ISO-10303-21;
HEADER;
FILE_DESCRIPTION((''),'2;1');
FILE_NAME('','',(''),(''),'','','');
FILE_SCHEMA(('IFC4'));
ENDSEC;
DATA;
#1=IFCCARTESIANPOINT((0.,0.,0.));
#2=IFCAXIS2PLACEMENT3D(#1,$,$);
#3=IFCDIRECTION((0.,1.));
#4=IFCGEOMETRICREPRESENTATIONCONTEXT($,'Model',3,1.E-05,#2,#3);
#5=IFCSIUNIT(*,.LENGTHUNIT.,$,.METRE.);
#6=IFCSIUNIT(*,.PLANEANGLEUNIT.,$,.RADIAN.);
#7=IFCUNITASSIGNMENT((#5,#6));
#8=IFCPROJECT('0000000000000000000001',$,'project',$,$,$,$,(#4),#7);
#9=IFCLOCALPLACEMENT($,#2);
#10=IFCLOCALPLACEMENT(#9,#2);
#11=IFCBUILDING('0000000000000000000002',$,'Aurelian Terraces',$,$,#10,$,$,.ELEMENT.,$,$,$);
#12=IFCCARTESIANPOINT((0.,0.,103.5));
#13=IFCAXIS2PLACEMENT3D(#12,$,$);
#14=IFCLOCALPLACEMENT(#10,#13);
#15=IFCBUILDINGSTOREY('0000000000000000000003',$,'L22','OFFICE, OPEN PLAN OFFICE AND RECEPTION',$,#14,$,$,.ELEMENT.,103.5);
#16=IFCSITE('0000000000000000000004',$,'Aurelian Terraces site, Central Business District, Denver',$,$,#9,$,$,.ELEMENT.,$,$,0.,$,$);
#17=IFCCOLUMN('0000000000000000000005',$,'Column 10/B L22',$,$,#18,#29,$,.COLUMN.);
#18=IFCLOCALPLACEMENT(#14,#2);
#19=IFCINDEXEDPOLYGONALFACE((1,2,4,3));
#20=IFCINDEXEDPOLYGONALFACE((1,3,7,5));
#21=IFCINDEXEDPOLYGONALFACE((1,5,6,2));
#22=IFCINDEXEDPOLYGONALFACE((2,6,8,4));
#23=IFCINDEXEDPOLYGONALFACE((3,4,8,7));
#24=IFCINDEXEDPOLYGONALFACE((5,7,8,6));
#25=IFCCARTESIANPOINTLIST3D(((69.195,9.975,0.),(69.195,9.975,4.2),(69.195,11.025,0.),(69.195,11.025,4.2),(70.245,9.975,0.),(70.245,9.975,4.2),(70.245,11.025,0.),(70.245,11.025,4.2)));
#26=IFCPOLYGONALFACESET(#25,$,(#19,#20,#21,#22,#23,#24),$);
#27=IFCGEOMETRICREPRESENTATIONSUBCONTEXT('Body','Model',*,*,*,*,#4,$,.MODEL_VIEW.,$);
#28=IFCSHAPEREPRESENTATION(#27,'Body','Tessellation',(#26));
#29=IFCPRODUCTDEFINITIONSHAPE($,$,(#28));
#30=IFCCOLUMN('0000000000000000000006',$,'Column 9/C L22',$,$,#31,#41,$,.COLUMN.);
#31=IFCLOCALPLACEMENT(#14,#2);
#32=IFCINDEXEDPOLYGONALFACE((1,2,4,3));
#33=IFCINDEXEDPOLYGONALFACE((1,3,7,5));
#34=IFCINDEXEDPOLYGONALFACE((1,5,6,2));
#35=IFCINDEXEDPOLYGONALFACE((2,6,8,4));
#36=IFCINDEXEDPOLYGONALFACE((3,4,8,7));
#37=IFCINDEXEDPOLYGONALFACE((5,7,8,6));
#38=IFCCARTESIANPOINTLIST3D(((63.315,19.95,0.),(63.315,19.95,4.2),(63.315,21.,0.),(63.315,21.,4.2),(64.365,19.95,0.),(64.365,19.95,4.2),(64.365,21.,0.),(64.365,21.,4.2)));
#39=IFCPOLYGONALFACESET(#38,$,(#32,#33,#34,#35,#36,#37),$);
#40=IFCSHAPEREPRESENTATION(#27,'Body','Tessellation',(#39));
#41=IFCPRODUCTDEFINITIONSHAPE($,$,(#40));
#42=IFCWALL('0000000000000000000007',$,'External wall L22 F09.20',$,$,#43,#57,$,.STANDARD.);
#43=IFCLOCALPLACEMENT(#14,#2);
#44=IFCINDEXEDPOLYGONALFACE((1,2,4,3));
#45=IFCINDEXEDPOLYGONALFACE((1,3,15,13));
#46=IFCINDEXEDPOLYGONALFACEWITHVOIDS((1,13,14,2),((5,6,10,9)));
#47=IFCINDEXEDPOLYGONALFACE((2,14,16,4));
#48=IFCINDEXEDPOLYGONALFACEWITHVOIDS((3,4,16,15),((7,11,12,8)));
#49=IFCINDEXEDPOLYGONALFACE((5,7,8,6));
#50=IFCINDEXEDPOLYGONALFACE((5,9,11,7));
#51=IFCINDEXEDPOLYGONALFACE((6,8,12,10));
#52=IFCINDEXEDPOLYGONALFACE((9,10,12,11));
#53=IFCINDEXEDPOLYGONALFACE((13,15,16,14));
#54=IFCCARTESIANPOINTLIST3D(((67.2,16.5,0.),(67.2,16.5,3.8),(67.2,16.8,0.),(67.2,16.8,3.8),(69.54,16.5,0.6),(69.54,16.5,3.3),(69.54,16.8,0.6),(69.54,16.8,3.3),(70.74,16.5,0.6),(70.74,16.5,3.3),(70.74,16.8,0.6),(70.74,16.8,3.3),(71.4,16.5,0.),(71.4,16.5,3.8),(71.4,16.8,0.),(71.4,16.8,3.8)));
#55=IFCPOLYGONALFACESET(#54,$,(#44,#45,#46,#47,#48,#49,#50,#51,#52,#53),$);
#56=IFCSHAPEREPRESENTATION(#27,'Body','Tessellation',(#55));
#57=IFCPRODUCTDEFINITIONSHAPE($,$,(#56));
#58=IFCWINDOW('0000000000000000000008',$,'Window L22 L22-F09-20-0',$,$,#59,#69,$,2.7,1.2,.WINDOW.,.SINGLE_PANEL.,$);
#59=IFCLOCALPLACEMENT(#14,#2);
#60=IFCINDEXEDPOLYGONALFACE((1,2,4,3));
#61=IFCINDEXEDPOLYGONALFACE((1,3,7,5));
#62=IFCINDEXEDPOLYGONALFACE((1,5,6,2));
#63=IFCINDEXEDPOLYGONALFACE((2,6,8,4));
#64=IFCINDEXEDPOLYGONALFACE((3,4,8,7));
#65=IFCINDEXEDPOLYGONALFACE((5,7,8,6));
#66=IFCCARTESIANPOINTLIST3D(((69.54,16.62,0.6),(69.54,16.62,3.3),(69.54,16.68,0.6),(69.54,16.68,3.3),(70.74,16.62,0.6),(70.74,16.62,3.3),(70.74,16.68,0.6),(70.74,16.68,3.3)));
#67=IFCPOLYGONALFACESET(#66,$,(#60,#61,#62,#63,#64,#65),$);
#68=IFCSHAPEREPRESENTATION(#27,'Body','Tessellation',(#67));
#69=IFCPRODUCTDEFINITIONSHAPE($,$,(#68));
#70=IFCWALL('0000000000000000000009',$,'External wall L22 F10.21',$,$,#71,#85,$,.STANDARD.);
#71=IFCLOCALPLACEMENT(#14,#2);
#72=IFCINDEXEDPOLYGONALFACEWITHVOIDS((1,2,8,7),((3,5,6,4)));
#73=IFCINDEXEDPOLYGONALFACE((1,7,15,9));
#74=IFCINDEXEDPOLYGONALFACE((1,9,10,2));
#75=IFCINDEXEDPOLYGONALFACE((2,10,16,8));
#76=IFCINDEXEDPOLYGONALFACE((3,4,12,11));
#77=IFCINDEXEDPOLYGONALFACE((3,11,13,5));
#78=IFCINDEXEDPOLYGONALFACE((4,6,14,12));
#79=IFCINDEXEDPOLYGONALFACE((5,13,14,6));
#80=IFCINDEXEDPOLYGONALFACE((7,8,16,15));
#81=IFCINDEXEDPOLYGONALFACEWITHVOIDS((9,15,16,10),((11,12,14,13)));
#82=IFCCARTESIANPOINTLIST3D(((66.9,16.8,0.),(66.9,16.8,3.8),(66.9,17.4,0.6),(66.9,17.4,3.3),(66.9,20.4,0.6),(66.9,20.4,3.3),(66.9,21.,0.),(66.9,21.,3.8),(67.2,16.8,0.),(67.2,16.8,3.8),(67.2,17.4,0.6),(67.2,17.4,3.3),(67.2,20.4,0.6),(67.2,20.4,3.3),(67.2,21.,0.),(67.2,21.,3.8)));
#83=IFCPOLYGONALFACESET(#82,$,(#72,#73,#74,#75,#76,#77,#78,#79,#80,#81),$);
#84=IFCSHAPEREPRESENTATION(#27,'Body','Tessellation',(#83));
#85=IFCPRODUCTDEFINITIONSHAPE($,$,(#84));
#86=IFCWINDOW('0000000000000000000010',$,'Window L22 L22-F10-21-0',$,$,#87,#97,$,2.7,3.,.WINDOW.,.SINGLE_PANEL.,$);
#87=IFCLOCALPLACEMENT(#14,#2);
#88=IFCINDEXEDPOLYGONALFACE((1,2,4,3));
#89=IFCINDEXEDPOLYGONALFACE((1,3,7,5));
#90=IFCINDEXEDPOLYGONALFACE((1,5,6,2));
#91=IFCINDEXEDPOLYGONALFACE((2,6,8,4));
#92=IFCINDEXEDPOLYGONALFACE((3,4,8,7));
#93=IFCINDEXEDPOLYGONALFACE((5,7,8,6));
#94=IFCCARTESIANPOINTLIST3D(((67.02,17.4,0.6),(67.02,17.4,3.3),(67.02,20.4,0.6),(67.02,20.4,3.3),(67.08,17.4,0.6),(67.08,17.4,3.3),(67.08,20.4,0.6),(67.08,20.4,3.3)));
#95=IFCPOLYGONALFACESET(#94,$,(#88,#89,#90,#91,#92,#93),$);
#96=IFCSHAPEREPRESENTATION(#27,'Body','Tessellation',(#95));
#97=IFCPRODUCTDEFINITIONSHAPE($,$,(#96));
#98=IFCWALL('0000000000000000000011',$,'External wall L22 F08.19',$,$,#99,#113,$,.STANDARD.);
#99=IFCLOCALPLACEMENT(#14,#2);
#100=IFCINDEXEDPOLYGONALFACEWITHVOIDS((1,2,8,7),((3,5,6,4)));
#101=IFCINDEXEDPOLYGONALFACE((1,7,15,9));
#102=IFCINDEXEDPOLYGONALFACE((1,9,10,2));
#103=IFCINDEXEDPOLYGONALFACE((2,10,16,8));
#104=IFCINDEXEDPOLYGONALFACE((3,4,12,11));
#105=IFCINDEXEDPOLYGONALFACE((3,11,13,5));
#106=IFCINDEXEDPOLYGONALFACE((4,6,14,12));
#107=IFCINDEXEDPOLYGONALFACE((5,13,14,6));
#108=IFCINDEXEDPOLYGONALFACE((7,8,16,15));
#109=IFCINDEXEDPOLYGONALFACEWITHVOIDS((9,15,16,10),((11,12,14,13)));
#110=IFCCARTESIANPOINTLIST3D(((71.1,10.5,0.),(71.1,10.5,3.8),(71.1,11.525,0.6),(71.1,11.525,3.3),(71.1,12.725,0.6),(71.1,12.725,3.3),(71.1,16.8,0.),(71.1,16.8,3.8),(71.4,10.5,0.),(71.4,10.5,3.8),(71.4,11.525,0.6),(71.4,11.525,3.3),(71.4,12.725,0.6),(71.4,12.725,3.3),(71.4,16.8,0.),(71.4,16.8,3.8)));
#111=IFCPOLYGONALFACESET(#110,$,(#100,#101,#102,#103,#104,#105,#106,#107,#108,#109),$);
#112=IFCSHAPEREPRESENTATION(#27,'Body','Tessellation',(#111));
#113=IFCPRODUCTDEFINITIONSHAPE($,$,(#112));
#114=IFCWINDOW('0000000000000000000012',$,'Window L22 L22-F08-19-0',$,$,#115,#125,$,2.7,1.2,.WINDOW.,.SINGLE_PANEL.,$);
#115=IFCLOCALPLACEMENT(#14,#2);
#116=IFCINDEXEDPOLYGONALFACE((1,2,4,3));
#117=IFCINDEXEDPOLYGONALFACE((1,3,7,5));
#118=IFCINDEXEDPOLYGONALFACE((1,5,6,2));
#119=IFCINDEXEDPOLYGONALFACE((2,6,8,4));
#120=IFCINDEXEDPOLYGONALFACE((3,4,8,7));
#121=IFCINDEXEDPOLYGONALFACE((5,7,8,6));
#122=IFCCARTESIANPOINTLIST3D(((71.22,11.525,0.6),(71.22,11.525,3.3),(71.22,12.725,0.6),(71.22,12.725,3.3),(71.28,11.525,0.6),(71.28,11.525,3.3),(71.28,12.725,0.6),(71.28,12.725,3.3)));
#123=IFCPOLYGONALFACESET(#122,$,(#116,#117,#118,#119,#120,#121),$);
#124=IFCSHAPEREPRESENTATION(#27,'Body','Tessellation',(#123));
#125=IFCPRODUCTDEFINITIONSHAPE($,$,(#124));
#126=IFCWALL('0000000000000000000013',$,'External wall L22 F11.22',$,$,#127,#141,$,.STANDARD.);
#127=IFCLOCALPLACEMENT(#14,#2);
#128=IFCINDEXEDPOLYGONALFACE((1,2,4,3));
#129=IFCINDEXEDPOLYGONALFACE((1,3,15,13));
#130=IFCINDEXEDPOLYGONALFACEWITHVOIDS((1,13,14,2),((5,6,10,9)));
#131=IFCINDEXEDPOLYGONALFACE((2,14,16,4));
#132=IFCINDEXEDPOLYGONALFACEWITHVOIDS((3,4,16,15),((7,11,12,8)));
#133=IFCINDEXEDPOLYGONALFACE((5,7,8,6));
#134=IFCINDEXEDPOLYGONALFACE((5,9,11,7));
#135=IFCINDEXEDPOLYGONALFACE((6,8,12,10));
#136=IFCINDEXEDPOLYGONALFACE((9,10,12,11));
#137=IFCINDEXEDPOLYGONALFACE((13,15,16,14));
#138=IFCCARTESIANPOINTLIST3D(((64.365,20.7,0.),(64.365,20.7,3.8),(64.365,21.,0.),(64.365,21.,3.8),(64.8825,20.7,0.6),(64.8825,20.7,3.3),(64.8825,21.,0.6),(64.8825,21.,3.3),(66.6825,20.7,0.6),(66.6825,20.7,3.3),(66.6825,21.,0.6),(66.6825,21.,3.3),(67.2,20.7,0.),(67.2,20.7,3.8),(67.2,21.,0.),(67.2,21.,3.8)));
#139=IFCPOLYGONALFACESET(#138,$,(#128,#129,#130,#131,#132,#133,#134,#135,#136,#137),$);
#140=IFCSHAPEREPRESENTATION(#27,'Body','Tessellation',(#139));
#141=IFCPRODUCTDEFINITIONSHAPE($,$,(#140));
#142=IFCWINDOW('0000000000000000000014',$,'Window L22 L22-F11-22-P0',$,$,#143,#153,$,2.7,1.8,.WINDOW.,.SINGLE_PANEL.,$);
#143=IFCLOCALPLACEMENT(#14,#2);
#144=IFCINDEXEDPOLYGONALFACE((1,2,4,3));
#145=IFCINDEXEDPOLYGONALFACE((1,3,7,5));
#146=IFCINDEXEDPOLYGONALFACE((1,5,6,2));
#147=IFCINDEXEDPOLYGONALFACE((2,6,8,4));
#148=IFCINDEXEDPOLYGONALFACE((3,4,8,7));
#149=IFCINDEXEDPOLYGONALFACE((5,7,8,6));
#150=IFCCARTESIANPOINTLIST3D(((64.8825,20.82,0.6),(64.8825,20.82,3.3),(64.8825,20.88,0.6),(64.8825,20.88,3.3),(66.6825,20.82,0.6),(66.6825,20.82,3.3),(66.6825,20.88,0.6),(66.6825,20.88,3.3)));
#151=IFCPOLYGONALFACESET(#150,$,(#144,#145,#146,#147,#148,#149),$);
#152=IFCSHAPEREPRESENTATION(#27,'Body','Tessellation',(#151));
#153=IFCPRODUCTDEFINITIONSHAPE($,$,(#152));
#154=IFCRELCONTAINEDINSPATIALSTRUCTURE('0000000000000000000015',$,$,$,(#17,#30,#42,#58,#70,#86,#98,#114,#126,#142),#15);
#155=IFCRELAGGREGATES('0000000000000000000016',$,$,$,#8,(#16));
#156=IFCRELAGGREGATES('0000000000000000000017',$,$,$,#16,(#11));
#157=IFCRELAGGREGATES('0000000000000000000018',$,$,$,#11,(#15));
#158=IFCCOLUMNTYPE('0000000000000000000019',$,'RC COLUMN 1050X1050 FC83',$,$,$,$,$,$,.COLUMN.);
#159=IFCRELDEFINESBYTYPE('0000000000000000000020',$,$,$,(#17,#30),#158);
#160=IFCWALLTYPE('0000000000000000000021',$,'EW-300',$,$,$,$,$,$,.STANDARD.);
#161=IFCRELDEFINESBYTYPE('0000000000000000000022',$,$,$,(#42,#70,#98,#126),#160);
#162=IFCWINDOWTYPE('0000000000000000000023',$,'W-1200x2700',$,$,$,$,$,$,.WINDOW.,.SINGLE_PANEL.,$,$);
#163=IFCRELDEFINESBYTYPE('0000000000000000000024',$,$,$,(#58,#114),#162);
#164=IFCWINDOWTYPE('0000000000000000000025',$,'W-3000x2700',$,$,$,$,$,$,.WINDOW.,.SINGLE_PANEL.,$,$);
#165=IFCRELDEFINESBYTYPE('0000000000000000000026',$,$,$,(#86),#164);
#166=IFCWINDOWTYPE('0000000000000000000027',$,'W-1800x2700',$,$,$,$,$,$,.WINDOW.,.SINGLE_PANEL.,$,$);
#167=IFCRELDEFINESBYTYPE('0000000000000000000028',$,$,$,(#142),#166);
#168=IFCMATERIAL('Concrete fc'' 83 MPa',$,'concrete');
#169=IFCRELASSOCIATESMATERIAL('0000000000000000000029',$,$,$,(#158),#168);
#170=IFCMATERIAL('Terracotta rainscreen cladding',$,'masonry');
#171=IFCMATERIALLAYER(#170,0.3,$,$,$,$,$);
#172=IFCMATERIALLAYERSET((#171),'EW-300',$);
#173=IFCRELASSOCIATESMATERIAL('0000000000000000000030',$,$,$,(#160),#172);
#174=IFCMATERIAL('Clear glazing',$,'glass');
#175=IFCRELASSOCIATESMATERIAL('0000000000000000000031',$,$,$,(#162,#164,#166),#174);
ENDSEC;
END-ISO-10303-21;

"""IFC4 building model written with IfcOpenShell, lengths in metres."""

from ifc_helpers import new_model, si_unit, direction, frame, frame_2d, origin, origin_2d, place, context, subcontext, project, spatial, rectangle, extrude, source, transform, mapped, material, layer, layer_set, material_profile, profile_set, type_object, element, fill, save


model = new_model("IFC4")

# Units and contexts
model_context = context("Model", 3, precision=1e-05, world=origin(), true_north=direction((0.0, 1.0)))
body_context = subcontext(model_context, "Body", "Model", "MODEL_VIEW")
ifc_project = project(units=[si_unit("LENGTHUNIT", "METRE"), si_unit("PLANEANGLEUNIT", "RADIAN")], contexts=[model_context])

# Site, building, storey
site_placement = place(None, origin())
site = spatial("IfcSite", under=ifc_project, at=site_placement, Name="Aurelian Terraces site, Central Business District, Denver", CompositionType="ELEMENT", RefElevation=0.0)
building_placement = place(site_placement, origin())
building = spatial("IfcBuilding", under=site, at=building_placement, Name="Aurelian Terraces", CompositionType="ELEMENT")
storey_placement = place(building_placement, frame((0.0, 0.0, 103.5)))
storey = spatial("IfcBuildingStorey", under=building, at=storey_placement, Name="L22", Description="OFFICE, OPEN PLAN OFFICE AND RECEPTION", CompositionType="ELEMENT", Elevation=103.5)

# Columns
ifc_material_1 = material(Name="Concrete fc' 83 MPa", Category="concrete")
ifc_material_profile = material_profile(ifc_material_1, rectangle(XDim=1.05, YDim=1.05, at=origin_2d()))
ifc_profile_set = profile_set([ifc_material_profile], Name="Concrete fc' 83 MPa")
column_type = type_object("IfcColumnType", Name="RC COLUMN 1050X1050 FC83", PredefinedType="COLUMN", material=ifc_profile_set)
shared_shape_1 = source(origin(), body_context, "Body", "SweptSolid", [
    extrude(rectangle(XDim=1.05, YDim=1.05, at=origin_2d()), origin(), (0.0, 0.0, 1.0), 4.2),
])
for number, where, z_axis, x_axis, name in (
    (1, (69.72, 10.5, 0.0), (0.0, 0.0, 1.0), (1.0, 0.0, 0.0), "Column 10/B L22"),
    (2, (63.84, 20.475, 0.0), (0.0, 0.0, 1.0), (1.0, 0.0, 0.0), "Column 9/C L22"),
):
    element("IfcColumn", number, at=place(storey_placement, frame(where, z_axis=z_axis, x_axis=x_axis)), inside=storey, type_object=column_type, Name=name, PredefinedType="COLUMN", context=body_context, shape_type="MappedRepresentation", body=[
        mapped(shared_shape_1, transform((0.0, 0.0, 0.0), scale=1.0)),
    ])

# Walls, openings, windows
ifc_material_2 = material(Name="Terracotta rainscreen cladding", Category="masonry")
ifc_layer_1 = layer(ifc_material_2, 0.3)
ifc_layer_set_1 = layer_set([ifc_layer_1], Name="EW-300")
wall_type_1 = type_object("IfcWallType", Name="EW-300", PredefinedType="STANDARD", material=ifc_layer_set_1)
shared_shape_2 = source(origin(), body_context, "Body", "SweptSolid", [
    extrude(rectangle(XDim=4.2, YDim=0.3, at=frame_2d((2.1, 0.0))), origin(), (0.0, 0.0, 1.0), 3.8),
])
wall_1_placement = place(storey_placement, frame((71.4, 16.65, 0.0), z_axis=(0.0, 0.0, 1.0), x_axis=(-1.0, 0.0, 0.0)))
wall_1 = element("IfcWall", 3, at=wall_1_placement, inside=storey, type_object=wall_type_1, Name="External wall L22 F09.20", PredefinedType="STANDARD", context=body_context, shape_type="MappedRepresentation", body=[
    mapped(shared_shape_2, transform((0.0, 0.0, 0.0), scale=1.0)),
])
shared_shape_3 = source(origin(), body_context, "Body", "SweptSolid", [
    extrude(rectangle(XDim=1.2, YDim=2.7, at=frame_2d((0.6, 1.35))), frame((0.0, 0.16, 0.0), z_axis=(0.0, -1.0, 0.0), x_axis=(1.0, 0.0, 0.0)), (0.0, 0.0, 1.0), 0.32),
])
opening_1_placement = place(wall_1_placement, frame((0.66, 0.0, 0.6)))
opening_1 = element("IfcOpeningElement", 4, at=opening_1_placement, cuts=wall_1, PredefinedType="OPENING", context=body_context, shape_type="MappedRepresentation", body=[
    mapped(shared_shape_3, transform((0.0, 0.0, 0.0), scale=1.0)),
])
ifc_material_3 = material(Name="Clear glazing", Category="glass")
window_type_1 = type_object("IfcWindowType", Name="W-1200x2700", PartitioningType="SINGLE_PANEL", PredefinedType="WINDOW", material=ifc_material_3)
shared_shape_4 = source(origin(), body_context, "Body", "SweptSolid", [
    extrude(rectangle(XDim=1.2, YDim=2.7, at=frame_2d((0.6, 1.35))), frame((0.0, 0.03, 0.0), z_axis=(0.0, -1.0, 0.0), x_axis=(1.0, 0.0, 0.0)), (0.0, 0.0, 1.0), 0.06),
])
window_1_placement = place(opening_1_placement, origin())
window_1 = element("IfcWindow", 5, at=window_1_placement, inside=storey, type_object=window_type_1, Name="Window L22 L22-F09-20-0", OverallHeight=2.7, OverallWidth=1.2, PartitioningType="SINGLE_PANEL", PredefinedType="WINDOW", context=body_context, shape_type="MappedRepresentation", body=[
    mapped(shared_shape_4, transform((0.0, 0.0, 0.0), scale=1.0)),
])
fill(opening_1, window_1)
wall_2_placement = place(storey_placement, frame((67.05, 16.8, 0.0), z_axis=(0.0, 0.0, 1.0), x_axis=(0.0, 1.0, 0.0)))
wall_2 = element("IfcWall", 6, at=wall_2_placement, inside=storey, type_object=wall_type_1, Name="External wall L22 F10.21", PredefinedType="STANDARD", context=body_context, shape_type="MappedRepresentation", body=[
    mapped(shared_shape_2, transform((0.0, 0.0, 0.0), scale=1.0)),
])
shared_shape_5 = source(origin(), body_context, "Body", "SweptSolid", [
    extrude(rectangle(XDim=3.0, YDim=2.7, at=frame_2d((1.5, 1.35))), frame((0.0, 0.16, 0.0), z_axis=(0.0, -1.0, 0.0), x_axis=(1.0, 0.0, 0.0)), (0.0, 0.0, 1.0), 0.32),
])
opening_2_placement = place(wall_2_placement, frame((0.6, 0.0, 0.6)))
opening_2 = element("IfcOpeningElement", 7, at=opening_2_placement, cuts=wall_2, PredefinedType="OPENING", context=body_context, shape_type="MappedRepresentation", body=[
    mapped(shared_shape_5, transform((0.0, 0.0, 0.0), scale=1.0)),
])
window_type_2 = type_object("IfcWindowType", Name="W-3000x2700", PartitioningType="SINGLE_PANEL", PredefinedType="WINDOW", material=ifc_material_3)
shared_shape_6 = source(origin(), body_context, "Body", "SweptSolid", [
    extrude(rectangle(XDim=3.0, YDim=2.7, at=frame_2d((1.5, 1.35))), frame((0.0, 0.03, 0.0), z_axis=(0.0, -1.0, 0.0), x_axis=(1.0, 0.0, 0.0)), (0.0, 0.0, 1.0), 0.06),
])
window_2_placement = place(opening_2_placement, origin())
window_2 = element("IfcWindow", 8, at=window_2_placement, inside=storey, type_object=window_type_2, Name="Window L22 L22-F10-21-0", OverallHeight=2.7, OverallWidth=3.0, PartitioningType="SINGLE_PANEL", PredefinedType="WINDOW", context=body_context, shape_type="MappedRepresentation", body=[
    mapped(shared_shape_6, transform((0.0, 0.0, 0.0), scale=1.0)),
])
fill(opening_2, window_2)
shared_shape_7 = source(origin(), body_context, "Body", "SweptSolid", [
    extrude(rectangle(XDim=6.3, YDim=0.3, at=frame_2d((3.15, 0.0))), origin(), (0.0, 0.0, 1.0), 3.8),
])
wall_3_placement = place(storey_placement, frame((71.25, 10.5, 0.0), z_axis=(0.0, 0.0, 1.0), x_axis=(0.0, 1.0, 0.0)))
wall_3 = element("IfcWall", 9, at=wall_3_placement, inside=storey, type_object=wall_type_1, Name="External wall L22 F08.19", PredefinedType="STANDARD", context=body_context, shape_type="MappedRepresentation", body=[
    mapped(shared_shape_7, transform((0.0, 0.0, 0.0), scale=1.0)),
])
opening_3_placement = place(wall_3_placement, frame((1.025, 0.0, 0.6)))
opening_3 = element("IfcOpeningElement", 10, at=opening_3_placement, cuts=wall_3, PredefinedType="OPENING", context=body_context, shape_type="MappedRepresentation", body=[
    mapped(shared_shape_3, transform((0.0, 0.0, 0.0), scale=1.0)),
])
window_3_placement = place(opening_3_placement, origin())
window_3 = element("IfcWindow", 11, at=window_3_placement, inside=storey, type_object=window_type_1, Name="Window L22 L22-F08-19-0", OverallHeight=2.7, OverallWidth=1.2, PartitioningType="SINGLE_PANEL", PredefinedType="WINDOW", context=body_context, shape_type="MappedRepresentation", body=[
    mapped(shared_shape_4, transform((0.0, 0.0, 0.0), scale=1.0)),
])
fill(opening_3, window_3)
shared_shape_8 = source(origin(), body_context, "Body", "SweptSolid", [
    extrude(rectangle(XDim=2.835, YDim=0.3, at=frame_2d((1.4175, 0.0))), origin(), (0.0, 0.0, 1.0), 3.8),
])
wall_4_placement = place(storey_placement, frame((67.2, 20.85, 0.0), z_axis=(0.0, 0.0, 1.0), x_axis=(-1.0, 0.0, 0.0)))
wall_4 = element("IfcWall", 12, at=wall_4_placement, inside=storey, type_object=wall_type_1, Name="External wall L22 F11.22", PredefinedType="STANDARD", context=body_context, shape_type="MappedRepresentation", body=[
    mapped(shared_shape_8, transform((0.0, 0.0, 0.0), scale=1.0)),
])
shared_shape_9 = source(origin(), body_context, "Body", "SweptSolid", [
    extrude(rectangle(XDim=1.8, YDim=2.7, at=frame_2d((0.9, 1.35))), frame((0.0, 0.16, 0.0), z_axis=(0.0, -1.0, 0.0), x_axis=(1.0, 0.0, 0.0)), (0.0, 0.0, 1.0), 0.32),
])
opening_4_placement = place(wall_4_placement, frame((0.5175, 0.0, 0.6)))
opening_4 = element("IfcOpeningElement", 13, at=opening_4_placement, cuts=wall_4, PredefinedType="OPENING", context=body_context, shape_type="MappedRepresentation", body=[
    mapped(shared_shape_9, transform((0.0, 0.0, 0.0), scale=1.0)),
])
window_type_3 = type_object("IfcWindowType", Name="W-1800x2700", PartitioningType="SINGLE_PANEL", PredefinedType="WINDOW", material=ifc_material_3)
shared_shape_10 = source(origin(), body_context, "Body", "SweptSolid", [
    extrude(rectangle(XDim=1.8, YDim=2.7, at=frame_2d((0.9, 1.35))), frame((0.0, 0.03, 0.0), z_axis=(0.0, -1.0, 0.0), x_axis=(1.0, 0.0, 0.0)), (0.0, 0.0, 1.0), 0.06),
])
window_4_placement = place(opening_4_placement, origin())
window_4 = element("IfcWindow", 14, at=window_4_placement, inside=storey, type_object=window_type_3, Name="Window L22 L22-F11-22-P0", OverallHeight=2.7, OverallWidth=1.8, PartitioningType="SINGLE_PANEL", PredefinedType="WINDOW", context=body_context, shape_type="MappedRepresentation", body=[
    mapped(shared_shape_10, transform((0.0, 0.0, 0.0), scale=1.0)),
])
fill(opening_4, window_4)

save(model, "model.ifc")
